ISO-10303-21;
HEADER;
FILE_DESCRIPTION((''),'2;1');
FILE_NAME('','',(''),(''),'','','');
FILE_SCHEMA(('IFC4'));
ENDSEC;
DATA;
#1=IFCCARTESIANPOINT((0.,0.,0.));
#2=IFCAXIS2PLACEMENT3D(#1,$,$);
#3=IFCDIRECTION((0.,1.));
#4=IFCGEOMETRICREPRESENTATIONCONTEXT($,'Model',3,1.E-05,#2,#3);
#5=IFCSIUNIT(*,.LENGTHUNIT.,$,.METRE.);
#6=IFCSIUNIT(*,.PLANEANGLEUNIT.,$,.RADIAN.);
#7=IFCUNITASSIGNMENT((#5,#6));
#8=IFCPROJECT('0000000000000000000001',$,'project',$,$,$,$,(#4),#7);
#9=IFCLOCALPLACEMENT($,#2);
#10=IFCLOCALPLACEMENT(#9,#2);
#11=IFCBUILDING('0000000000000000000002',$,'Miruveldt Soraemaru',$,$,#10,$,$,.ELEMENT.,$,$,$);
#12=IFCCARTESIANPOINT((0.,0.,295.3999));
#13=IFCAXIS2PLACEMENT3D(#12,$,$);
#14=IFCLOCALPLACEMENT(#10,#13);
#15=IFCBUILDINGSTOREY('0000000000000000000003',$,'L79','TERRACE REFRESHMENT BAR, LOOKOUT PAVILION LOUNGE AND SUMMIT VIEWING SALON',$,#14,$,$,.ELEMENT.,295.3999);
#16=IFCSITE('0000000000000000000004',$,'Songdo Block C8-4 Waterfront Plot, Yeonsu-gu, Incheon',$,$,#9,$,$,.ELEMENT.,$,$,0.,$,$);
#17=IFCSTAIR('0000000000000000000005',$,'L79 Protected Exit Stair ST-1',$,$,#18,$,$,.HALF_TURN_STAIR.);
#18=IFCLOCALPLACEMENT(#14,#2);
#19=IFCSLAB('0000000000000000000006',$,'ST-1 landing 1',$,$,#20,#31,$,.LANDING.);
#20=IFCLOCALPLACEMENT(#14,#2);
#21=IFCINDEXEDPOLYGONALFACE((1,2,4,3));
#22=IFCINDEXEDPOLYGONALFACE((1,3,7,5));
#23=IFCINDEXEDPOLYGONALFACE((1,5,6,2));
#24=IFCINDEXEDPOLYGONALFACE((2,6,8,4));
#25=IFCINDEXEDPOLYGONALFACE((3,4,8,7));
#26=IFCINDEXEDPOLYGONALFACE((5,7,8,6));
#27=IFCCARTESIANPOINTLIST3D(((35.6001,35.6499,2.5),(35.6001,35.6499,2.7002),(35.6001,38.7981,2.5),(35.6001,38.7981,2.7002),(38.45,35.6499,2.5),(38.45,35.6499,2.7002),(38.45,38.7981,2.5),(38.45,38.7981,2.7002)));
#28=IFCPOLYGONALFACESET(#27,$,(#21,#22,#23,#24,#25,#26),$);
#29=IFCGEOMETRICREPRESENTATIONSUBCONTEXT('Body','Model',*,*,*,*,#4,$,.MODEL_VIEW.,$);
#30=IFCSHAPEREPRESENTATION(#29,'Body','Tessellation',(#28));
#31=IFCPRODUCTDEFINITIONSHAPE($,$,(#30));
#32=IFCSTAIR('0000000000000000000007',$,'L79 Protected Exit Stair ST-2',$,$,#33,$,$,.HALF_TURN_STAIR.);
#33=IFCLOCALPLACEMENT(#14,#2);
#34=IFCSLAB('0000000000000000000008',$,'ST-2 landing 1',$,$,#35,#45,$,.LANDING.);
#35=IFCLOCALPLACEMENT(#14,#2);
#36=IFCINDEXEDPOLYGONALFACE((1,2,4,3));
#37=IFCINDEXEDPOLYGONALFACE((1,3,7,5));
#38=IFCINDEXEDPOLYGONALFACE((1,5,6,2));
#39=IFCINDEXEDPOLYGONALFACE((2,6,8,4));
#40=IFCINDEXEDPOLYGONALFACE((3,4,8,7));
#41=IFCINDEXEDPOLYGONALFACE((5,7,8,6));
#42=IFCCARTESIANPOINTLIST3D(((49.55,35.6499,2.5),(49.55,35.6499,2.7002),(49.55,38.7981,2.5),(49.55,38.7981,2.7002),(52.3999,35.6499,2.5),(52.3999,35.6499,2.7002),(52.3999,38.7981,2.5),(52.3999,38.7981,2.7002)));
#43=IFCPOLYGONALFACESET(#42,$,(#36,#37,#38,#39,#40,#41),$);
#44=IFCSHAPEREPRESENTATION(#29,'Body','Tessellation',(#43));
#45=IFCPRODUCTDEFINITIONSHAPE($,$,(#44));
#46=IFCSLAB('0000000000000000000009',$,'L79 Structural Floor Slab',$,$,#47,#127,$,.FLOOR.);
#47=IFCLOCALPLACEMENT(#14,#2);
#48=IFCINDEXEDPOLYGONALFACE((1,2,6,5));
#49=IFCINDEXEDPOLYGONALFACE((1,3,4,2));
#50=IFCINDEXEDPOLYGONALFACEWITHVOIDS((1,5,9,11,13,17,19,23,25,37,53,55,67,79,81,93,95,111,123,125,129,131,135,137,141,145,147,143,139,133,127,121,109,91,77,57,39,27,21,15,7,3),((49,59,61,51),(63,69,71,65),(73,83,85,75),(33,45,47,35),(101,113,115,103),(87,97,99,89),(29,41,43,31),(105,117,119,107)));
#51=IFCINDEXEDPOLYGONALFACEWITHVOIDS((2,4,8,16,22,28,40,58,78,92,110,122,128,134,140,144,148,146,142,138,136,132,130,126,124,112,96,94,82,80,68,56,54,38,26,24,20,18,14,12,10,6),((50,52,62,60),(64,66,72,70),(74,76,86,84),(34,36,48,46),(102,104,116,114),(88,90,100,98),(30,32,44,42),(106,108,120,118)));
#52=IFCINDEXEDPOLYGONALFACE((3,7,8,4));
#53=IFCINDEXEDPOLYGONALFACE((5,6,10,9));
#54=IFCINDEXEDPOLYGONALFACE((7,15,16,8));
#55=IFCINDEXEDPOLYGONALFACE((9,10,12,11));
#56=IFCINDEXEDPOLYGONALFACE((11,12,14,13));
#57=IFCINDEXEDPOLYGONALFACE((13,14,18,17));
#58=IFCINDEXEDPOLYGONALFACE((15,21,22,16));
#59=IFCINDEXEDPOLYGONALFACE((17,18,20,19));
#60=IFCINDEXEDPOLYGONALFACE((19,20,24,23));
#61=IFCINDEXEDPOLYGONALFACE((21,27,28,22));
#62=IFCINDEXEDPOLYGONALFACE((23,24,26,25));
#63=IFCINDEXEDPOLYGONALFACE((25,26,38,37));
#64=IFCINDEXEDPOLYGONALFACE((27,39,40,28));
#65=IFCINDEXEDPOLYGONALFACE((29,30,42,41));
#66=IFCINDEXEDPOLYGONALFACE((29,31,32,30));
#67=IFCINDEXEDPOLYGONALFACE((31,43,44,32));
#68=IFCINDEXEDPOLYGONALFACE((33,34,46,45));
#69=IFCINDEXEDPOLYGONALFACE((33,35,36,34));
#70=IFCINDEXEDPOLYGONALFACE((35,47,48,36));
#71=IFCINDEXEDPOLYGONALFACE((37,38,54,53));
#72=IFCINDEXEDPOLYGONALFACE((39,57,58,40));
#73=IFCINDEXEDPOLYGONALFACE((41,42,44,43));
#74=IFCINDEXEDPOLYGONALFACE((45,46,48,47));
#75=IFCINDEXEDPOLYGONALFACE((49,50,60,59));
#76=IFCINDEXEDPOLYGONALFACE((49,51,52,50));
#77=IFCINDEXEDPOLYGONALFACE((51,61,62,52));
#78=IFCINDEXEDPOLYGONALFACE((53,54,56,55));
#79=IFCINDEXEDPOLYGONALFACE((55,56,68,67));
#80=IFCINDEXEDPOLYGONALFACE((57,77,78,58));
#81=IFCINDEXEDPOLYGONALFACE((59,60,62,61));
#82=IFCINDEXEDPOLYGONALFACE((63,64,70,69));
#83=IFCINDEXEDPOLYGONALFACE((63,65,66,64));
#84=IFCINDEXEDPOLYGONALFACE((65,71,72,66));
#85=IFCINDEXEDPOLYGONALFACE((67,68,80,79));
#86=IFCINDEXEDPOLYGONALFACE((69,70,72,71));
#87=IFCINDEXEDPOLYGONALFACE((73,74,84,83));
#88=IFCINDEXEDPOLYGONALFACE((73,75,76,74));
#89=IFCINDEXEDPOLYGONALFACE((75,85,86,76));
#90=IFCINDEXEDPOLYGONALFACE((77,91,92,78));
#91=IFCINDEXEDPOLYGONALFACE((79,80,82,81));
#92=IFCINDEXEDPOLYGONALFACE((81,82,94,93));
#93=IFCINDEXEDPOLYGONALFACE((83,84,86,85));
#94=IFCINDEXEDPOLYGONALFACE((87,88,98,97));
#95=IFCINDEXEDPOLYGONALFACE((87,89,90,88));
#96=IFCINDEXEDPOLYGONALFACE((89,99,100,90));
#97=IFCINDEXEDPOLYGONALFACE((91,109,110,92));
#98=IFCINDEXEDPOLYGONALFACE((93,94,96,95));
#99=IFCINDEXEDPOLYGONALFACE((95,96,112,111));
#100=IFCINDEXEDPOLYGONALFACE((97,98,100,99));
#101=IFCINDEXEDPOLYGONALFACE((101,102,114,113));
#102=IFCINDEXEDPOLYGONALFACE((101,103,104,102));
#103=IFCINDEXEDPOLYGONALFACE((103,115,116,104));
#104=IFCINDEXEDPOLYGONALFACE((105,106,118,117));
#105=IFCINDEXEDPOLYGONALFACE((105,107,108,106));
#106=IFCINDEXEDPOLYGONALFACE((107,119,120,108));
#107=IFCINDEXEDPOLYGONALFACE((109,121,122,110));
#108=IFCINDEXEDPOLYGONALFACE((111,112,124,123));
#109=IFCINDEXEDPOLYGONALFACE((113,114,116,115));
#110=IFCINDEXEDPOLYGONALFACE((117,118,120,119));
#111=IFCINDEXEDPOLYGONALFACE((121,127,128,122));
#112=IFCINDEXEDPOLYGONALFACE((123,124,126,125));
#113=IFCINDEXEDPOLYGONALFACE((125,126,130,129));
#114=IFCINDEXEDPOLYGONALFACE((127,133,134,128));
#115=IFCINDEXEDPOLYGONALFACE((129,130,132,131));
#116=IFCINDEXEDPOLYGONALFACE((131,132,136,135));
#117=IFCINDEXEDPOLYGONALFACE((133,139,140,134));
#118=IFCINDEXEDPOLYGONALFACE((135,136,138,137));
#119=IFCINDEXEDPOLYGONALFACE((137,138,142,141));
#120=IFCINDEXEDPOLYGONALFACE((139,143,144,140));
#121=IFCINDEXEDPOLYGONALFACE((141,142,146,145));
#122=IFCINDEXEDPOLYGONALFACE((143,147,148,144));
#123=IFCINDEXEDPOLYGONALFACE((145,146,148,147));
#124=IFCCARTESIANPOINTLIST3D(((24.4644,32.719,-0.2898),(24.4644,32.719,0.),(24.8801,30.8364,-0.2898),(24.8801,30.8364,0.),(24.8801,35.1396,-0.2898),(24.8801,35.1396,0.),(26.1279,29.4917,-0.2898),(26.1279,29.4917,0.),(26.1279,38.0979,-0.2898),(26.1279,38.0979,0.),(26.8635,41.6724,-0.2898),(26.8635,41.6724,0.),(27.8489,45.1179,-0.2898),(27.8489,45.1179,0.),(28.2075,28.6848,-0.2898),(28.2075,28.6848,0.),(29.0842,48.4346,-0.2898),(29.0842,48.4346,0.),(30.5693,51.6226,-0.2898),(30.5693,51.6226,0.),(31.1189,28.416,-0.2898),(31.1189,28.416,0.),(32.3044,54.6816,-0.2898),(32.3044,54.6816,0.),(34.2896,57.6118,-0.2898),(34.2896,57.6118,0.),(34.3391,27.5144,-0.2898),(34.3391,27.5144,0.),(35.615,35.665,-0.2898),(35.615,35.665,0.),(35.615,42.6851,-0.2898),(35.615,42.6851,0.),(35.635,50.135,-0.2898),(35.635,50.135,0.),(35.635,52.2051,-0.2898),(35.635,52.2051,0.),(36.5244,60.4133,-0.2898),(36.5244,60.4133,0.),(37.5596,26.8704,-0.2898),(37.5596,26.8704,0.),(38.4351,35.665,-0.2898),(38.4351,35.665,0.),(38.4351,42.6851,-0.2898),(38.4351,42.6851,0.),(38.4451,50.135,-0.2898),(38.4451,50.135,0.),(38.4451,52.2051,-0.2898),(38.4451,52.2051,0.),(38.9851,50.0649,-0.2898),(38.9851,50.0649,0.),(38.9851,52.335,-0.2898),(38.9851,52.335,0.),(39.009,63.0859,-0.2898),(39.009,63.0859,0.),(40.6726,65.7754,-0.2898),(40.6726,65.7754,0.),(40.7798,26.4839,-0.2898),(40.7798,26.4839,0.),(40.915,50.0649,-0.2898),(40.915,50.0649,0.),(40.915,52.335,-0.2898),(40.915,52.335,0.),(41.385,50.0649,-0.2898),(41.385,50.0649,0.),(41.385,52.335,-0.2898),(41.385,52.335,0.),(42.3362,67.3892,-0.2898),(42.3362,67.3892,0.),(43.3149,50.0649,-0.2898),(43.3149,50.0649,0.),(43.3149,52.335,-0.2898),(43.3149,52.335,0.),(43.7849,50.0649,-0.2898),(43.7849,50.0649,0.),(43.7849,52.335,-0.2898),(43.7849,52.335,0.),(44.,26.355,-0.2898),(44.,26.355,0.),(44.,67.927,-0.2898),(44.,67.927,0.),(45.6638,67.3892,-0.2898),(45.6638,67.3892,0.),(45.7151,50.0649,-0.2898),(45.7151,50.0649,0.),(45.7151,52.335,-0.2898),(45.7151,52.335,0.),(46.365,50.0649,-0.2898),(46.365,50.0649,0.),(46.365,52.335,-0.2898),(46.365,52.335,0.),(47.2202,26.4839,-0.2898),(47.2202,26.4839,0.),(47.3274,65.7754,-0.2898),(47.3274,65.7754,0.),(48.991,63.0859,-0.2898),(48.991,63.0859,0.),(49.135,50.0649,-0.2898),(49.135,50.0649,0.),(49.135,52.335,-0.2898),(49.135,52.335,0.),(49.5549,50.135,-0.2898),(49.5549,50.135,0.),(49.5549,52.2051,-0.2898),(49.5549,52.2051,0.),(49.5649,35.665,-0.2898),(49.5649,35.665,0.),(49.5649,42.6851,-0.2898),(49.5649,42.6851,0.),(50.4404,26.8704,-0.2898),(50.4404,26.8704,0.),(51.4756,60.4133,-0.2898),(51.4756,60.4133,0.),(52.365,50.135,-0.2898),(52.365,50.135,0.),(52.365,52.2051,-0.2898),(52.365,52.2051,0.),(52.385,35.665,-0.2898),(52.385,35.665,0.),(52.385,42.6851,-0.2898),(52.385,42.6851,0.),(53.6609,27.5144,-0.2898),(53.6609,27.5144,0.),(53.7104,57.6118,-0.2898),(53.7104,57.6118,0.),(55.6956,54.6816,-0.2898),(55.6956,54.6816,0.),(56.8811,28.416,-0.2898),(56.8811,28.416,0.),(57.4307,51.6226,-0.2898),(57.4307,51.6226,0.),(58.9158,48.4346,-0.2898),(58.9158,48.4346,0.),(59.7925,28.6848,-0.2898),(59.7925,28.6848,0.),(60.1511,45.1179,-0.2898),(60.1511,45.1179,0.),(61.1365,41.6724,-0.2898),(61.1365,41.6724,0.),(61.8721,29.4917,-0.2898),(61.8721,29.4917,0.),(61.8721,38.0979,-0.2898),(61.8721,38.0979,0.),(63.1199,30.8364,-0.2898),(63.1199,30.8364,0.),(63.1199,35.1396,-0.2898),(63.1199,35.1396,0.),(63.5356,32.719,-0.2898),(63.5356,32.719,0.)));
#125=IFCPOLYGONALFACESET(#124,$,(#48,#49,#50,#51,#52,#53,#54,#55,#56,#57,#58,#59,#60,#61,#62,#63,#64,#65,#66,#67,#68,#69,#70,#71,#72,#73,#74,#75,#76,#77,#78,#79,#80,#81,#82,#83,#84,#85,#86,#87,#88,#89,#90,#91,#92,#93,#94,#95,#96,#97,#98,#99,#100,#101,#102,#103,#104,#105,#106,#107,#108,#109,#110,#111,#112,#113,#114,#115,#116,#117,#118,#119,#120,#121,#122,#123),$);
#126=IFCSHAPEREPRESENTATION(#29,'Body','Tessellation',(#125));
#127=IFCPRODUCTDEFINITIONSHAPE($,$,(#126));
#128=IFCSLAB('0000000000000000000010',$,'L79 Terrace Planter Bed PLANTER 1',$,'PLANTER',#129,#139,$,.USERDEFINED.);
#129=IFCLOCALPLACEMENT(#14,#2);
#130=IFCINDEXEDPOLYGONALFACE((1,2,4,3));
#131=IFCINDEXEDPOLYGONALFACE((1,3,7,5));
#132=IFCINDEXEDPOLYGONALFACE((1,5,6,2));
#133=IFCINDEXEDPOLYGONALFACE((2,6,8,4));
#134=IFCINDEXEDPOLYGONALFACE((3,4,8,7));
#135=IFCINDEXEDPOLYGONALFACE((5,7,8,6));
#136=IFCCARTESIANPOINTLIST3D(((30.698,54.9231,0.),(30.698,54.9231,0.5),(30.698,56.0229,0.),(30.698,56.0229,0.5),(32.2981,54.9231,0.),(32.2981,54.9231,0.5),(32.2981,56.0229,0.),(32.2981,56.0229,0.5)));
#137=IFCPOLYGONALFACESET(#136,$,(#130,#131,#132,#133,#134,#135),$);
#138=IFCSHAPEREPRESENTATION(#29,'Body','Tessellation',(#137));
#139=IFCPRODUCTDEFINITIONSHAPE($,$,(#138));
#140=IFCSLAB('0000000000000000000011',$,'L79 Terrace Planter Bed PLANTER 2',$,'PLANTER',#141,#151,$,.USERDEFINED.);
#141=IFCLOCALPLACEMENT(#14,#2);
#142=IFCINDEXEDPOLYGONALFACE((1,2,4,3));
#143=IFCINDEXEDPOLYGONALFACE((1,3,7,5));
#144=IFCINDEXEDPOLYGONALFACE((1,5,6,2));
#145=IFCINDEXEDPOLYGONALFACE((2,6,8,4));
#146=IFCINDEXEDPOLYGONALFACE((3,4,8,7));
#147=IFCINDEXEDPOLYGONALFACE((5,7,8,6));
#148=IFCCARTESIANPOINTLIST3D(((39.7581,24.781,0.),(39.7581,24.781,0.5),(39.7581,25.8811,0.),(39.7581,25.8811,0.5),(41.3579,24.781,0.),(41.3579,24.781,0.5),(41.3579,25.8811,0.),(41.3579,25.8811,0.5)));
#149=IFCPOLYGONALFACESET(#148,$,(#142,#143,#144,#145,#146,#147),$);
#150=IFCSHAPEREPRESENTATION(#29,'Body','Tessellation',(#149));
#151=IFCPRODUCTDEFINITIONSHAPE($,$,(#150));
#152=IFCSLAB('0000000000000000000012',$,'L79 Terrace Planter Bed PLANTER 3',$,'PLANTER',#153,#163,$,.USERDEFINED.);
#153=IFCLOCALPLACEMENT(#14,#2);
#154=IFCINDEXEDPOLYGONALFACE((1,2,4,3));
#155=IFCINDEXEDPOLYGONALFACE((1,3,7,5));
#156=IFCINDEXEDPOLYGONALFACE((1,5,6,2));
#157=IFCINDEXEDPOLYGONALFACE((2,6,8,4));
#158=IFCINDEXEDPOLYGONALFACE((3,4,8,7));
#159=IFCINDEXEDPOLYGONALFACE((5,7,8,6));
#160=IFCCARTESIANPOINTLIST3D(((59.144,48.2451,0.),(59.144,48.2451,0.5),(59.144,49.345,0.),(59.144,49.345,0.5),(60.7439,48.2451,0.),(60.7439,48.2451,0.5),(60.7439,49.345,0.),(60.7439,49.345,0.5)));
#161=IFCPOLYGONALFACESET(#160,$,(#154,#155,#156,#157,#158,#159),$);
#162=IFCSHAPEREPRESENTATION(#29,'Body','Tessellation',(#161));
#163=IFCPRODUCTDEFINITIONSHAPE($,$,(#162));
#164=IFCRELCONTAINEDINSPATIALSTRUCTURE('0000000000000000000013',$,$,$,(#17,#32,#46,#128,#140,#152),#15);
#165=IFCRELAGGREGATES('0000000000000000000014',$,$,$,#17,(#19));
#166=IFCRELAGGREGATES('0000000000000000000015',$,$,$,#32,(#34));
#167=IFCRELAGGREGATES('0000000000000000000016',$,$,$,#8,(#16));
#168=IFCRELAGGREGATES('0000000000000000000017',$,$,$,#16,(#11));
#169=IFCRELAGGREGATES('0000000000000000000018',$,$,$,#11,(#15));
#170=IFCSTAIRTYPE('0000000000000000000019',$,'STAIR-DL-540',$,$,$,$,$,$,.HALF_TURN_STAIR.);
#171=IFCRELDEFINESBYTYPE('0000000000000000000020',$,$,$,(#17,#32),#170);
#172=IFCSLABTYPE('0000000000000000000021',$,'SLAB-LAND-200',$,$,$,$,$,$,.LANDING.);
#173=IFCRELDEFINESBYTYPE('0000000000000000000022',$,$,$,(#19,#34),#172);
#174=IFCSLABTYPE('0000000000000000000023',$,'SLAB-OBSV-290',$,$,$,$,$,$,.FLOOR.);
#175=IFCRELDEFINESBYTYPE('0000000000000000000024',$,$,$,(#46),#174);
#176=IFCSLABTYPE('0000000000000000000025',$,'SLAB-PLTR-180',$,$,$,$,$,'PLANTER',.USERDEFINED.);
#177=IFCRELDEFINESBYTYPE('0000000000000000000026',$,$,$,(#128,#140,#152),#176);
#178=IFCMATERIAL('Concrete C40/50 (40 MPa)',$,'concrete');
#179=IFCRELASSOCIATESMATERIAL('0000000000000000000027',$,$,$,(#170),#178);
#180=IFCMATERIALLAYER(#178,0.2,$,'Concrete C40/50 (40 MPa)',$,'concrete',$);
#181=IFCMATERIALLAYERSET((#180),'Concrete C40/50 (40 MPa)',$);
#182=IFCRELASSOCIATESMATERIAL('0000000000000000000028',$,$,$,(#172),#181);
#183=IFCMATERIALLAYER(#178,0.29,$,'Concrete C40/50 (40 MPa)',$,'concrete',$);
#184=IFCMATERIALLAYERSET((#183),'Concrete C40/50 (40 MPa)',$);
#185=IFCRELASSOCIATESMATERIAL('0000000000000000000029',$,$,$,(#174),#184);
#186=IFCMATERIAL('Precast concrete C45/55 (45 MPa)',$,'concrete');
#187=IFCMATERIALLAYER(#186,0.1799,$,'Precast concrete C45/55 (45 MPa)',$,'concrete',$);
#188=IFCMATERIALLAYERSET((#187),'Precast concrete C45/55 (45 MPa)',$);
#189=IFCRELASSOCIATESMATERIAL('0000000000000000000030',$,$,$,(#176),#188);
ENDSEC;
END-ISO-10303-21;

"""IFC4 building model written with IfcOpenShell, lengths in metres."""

from ifc_helpers import new_model, si_unit, direction, frame, origin, place, context, subcontext, project, spatial, polyline, outline, extrude, material, layer, layer_set, type_object, element, aggregate, save


model = new_model("IFC4")

# Units and contexts
model_context = context("Model", 3, precision=1e-05, world=origin(), true_north=direction((0.0, 1.0)))
body_context = subcontext(model_context, "Body", "Model", "MODEL_VIEW")
ifc_project = project(units=[si_unit("LENGTHUNIT", "METRE"), si_unit("PLANEANGLEUNIT", "RADIAN")], contexts=[model_context])

# Site, building, storey
site_placement = place(None, origin())
site = spatial("IfcSite", under=ifc_project, at=site_placement, Name="Songdo Block C8-4 Waterfront Plot, Yeonsu-gu, Incheon", CompositionType="ELEMENT", RefElevation=0.0)
building_placement = place(site_placement, origin())
building = spatial("IfcBuilding", under=site, at=building_placement, Name="Miruveldt Soraemaru", CompositionType="ELEMENT")
storey_placement = place(building_placement, frame((0.0, 0.0, 295.3999)))
storey = spatial("IfcBuildingStorey", under=building, at=storey_placement, Name="L79", Description="TERRACE REFRESHMENT BAR, LOOKOUT PAVILION LOUNGE AND SUMMIT VIEWING SALON", CompositionType="ELEMENT", Elevation=295.3999)

# Stairs, slabs
ifc_material_1 = material(Name="Concrete C40/50 (40 MPa)", Category="concrete")
stair_type = type_object("IfcStairType", Name="STAIR-DL-540", PredefinedType="HALF_TURN_STAIR", material=ifc_material_1)
stair_1_placement = place(storey_placement, origin())
stair_1 = element("IfcStair", 1, at=stair_1_placement, inside=storey, type_object=stair_type, Name="L79 Protected Exit Stair ST-1", PredefinedType="HALF_TURN_STAIR")
ifc_layer_1 = layer(ifc_material_1, 0.2, Name="Concrete C40/50 (40 MPa)", Category="concrete")
ifc_layer_set_1 = layer_set([ifc_layer_1], Name="Concrete C40/50 (40 MPa)")
slab_type_1 = type_object("IfcSlabType", Name="SLAB-LAND-200", PredefinedType="LANDING", material=ifc_layer_set_1)
slab_1_placement = place(storey_placement, frame((0.0, 0.0, 2.5)))
slab_1 = element("IfcSlab", 2, at=slab_1_placement, type_object=slab_type_1, Name="ST-1 landing 1", PredefinedType="LANDING", context=body_context, shape_type="SweptSolid", body=[
    extrude(outline(polyline([(35.6001, 38.7981), (35.6001, 35.6499), (38.45, 35.6499), (38.45, 38.7981), (35.6001, 38.7981)])), origin(), (0.0, 0.0, 1.0), 0.2002),
])
aggregate(stair_1, [slab_1])
stair_2_placement = place(storey_placement, origin())
stair_2 = element("IfcStair", 3, at=stair_2_placement, inside=storey, type_object=stair_type, Name="L79 Protected Exit Stair ST-2", PredefinedType="HALF_TURN_STAIR")
slab_2_placement = place(storey_placement, frame((0.0, 0.0, 2.5)))
slab_2 = element("IfcSlab", 4, at=slab_2_placement, type_object=slab_type_1, Name="ST-2 landing 1", PredefinedType="LANDING", context=body_context, shape_type="SweptSolid", body=[
    extrude(outline(polyline([(49.55, 38.7981), (49.55, 35.6499), (52.3999, 35.6499), (52.3999, 38.7981), (49.55, 38.7981)])), origin(), (0.0, 0.0, 1.0), 0.2002),
])
aggregate(stair_2, [slab_2])

# Slabs
ifc_layer_2 = layer(ifc_material_1, 0.29, Name="Concrete C40/50 (40 MPa)", Category="concrete")
ifc_layer_set_2 = layer_set([ifc_layer_2], Name="Concrete C40/50 (40 MPa)")
slab_type_2 = type_object("IfcSlabType", Name="SLAB-OBSV-290", PredefinedType="FLOOR", material=ifc_layer_set_2)
slab_3_placement = place(storey_placement, frame((0.0, 0.0, -0.2898)))
element("IfcSlab", 5, at=slab_3_placement, inside=storey, type_object=slab_type_2, Name="L79 Structural Floor Slab", PredefinedType="FLOOR", context=body_context, shape_type="SweptSolid", body=[
    extrude(outline(polyline([(51.4756, 60.4133), (53.7104, 57.6118), (55.6956, 54.6816), (57.4307, 51.6226), (58.9158, 48.4346), (60.1511, 45.1179), (61.1365, 41.6724), (61.8721, 38.0979), (63.1199, 35.1396), (63.5356, 32.719), (63.1199, 30.8364), (61.8721, 29.4917), (59.7925, 28.6848), (56.8811, 28.416), (53.6609, 27.5144), (50.4404, 26.8704), (47.2202, 26.4839), (44.0, 26.355), (40.7798, 26.4839), (37.5596, 26.8704), (34.3391, 27.5144), (31.1189, 28.416), (28.2075, 28.6848), (26.1279, 29.4917), (24.8801, 30.8364), (24.4644, 32.719), (24.8801, 35.1396), (26.1279, 38.0979), (26.8635, 41.6724), (27.8489, 45.1179), (29.0842, 48.4346), (30.5693, 51.6226), (32.3044, 54.6816), (34.2896, 57.6118), (36.5244, 60.4133), (39.009, 63.0859), (40.6726, 65.7754), (42.3362, 67.3892), (44.0, 67.927), (45.6638, 67.3892), (47.3274, 65.7754), (48.991, 63.0859), (51.4756, 60.4133)]), holes=[polyline([(35.615, 35.665), (38.4351, 35.665), (38.4351, 42.6851), (35.615, 42.6851), (35.615, 35.665)]), polyline([(49.5649, 35.665), (52.385, 35.665), (52.385, 42.6851), (49.5649, 42.6851), (49.5649, 35.665)]), polyline([(38.4451, 50.135), (38.4451, 52.2051), (35.635, 52.2051), (35.635, 50.135), (38.4451, 50.135)]), polyline([(52.365, 50.135), (52.365, 52.2051), (49.5549, 52.2051), (49.5549, 50.135), (52.365, 50.135)]), polyline([(40.915, 50.0649), (40.915, 52.335), (38.9851, 52.335), (38.9851, 50.0649), (40.915, 50.0649)]), polyline([(43.3149, 50.0649), (43.3149, 52.335), (41.385, 52.335), (41.385, 50.0649), (43.3149, 50.0649)]), polyline([(45.7151, 50.0649), (45.7151, 52.335), (43.7849, 52.335), (43.7849, 50.0649), (45.7151, 50.0649)]), polyline([(49.135, 50.0649), (49.135, 52.335), (46.365, 52.335), (46.365, 50.0649), (49.135, 50.0649)])]), origin(), (0.0, 0.0, 1.0), 0.2898),
])
ifc_material_2 = material(Name="Precast concrete C45/55 (45 MPa)", Category="concrete")
ifc_layer_3 = layer(ifc_material_2, 0.1799, Name="Precast concrete C45/55 (45 MPa)", Category="concrete")
ifc_layer_set_3 = layer_set([ifc_layer_3], Name="Precast concrete C45/55 (45 MPa)")
slab_type_3 = type_object("IfcSlabType", Name="SLAB-PLTR-180", ElementType="PLANTER", PredefinedType="USERDEFINED", material=ifc_layer_set_3)
slab_4_placement = place(storey_placement, origin())
element("IfcSlab", 6, at=slab_4_placement, inside=storey, type_object=slab_type_3, Name="L79 Terrace Planter Bed PLANTER 1", ObjectType="PLANTER", PredefinedType="USERDEFINED", context=body_context, shape_type="SweptSolid", body=[
    extrude(outline(polyline([(30.698, 54.9231), (32.2981, 54.9231), (32.2981, 56.0229), (30.698, 56.0229), (30.698, 54.9231)])), origin(), (0.0, 0.0, 1.0), 0.5),
])
slab_5_placement = place(storey_placement, origin())
element("IfcSlab", 7, at=slab_5_placement, inside=storey, type_object=slab_type_3, Name="L79 Terrace Planter Bed PLANTER 2", ObjectType="PLANTER", PredefinedType="USERDEFINED", context=body_context, shape_type="SweptSolid", body=[
    extrude(outline(polyline([(39.7581, 24.781), (41.3579, 24.781), (41.3579, 25.8811), (39.7581, 25.8811), (39.7581, 24.781)])), origin(), (0.0, 0.0, 1.0), 0.5),
])
slab_6_placement = place(storey_placement, origin())
element("IfcSlab", 8, at=slab_6_placement, inside=storey, type_object=slab_type_3, Name="L79 Terrace Planter Bed PLANTER 3", ObjectType="PLANTER", PredefinedType="USERDEFINED", context=body_context, shape_type="SweptSolid", body=[
    extrude(outline(polyline([(59.144, 48.2451), (60.7439, 48.2451), (60.7439, 49.345), (59.144, 49.345), (59.144, 48.2451)])), origin(), (0.0, 0.0, 1.0), 0.5),
])

save(model, "model.ifc")
